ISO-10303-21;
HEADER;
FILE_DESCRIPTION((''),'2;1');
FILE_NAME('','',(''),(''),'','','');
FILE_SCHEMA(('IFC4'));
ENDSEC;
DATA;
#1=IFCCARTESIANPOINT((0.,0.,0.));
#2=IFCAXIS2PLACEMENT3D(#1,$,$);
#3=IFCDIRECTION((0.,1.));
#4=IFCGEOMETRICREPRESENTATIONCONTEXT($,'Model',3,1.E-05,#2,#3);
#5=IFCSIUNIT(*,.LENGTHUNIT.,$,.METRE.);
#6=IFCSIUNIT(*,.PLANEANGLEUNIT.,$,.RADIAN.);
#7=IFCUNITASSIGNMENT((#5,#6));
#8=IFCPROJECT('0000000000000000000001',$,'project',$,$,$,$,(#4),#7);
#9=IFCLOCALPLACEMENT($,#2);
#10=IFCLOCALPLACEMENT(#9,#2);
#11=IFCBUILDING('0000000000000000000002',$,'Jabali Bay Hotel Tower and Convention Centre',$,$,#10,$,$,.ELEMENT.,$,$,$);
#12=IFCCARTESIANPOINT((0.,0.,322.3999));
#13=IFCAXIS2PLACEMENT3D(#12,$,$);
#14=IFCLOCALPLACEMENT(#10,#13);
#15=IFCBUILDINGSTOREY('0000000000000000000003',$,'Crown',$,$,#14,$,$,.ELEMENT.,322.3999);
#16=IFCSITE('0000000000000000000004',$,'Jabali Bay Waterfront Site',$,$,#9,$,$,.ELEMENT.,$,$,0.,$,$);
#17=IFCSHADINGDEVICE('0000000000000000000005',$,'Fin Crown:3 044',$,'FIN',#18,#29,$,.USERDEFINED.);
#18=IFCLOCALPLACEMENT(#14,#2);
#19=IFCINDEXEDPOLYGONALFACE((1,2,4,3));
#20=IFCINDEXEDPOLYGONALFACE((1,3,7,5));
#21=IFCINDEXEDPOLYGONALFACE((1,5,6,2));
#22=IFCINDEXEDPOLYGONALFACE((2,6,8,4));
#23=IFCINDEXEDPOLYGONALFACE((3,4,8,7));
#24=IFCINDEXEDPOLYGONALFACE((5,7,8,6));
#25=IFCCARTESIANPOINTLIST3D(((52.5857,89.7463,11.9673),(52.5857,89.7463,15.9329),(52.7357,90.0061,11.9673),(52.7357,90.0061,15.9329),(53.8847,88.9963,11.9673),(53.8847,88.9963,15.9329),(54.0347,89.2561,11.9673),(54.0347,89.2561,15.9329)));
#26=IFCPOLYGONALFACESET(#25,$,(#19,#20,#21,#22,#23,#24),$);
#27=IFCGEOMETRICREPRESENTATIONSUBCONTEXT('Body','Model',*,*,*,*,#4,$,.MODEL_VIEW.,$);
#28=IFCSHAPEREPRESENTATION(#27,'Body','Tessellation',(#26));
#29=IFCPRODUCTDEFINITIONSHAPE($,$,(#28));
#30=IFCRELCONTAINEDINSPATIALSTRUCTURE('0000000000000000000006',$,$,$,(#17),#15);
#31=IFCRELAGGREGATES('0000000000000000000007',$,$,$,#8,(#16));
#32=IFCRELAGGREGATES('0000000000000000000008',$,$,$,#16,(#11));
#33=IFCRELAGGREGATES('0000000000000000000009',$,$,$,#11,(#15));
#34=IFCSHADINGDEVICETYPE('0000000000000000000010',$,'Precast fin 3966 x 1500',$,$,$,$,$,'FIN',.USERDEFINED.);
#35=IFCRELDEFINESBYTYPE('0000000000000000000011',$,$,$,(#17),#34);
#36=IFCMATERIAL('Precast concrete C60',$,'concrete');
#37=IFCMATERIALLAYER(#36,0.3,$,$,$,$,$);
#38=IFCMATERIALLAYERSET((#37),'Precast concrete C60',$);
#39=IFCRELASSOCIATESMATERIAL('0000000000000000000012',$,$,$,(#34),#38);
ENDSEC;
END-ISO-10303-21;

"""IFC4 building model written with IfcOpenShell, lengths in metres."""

from ifc_helpers import new_model, si_unit, direction, frame, frame_2d, origin, place, context, subcontext, project, spatial, rectangle, extrude, material, layer, layer_set, type_object, element, save


model = new_model("IFC4")

# Units and contexts
model_context = context("Model", 3, precision=1e-05, world=origin(), true_north=direction((0.0, 1.0)))
body_context = subcontext(model_context, "Body", "Model", "MODEL_VIEW")
ifc_project = project(units=[si_unit("LENGTHUNIT", "METRE"), si_unit("PLANEANGLEUNIT", "RADIAN")], contexts=[model_context])

# Site, building, storey
site_placement = place(None, origin())
site = spatial("IfcSite", under=ifc_project, at=site_placement, Name="Jabali Bay Waterfront Site", CompositionType="ELEMENT", RefElevation=0.0)
building_placement = place(site_placement, origin())
building = spatial("IfcBuilding", under=site, at=building_placement, Name="Jabali Bay Hotel Tower and Convention Centre", CompositionType="ELEMENT")
storey_placement = place(building_placement, frame((0.0, 0.0, 322.3999)))
storey = spatial("IfcBuildingStorey", under=building, at=storey_placement, Name="Crown", CompositionType="ELEMENT", Elevation=322.3999)

# Shading device
ifc_material_1 = material(Name="Precast concrete C60", Category="concrete")
ifc_layer = layer(ifc_material_1, 0.3)
ifc_layer_set = layer_set([ifc_layer], Name="Precast concrete C60")
shading_device_type = type_object("IfcShadingDeviceType", Name="Precast fin 3966 x 1500", ElementType="FIN", PredefinedType="USERDEFINED", material=ifc_layer_set)
for number, where, z_axis, x_axis, name in (
    (1, (53.9597, 89.1262, 11.9673), (0.0, 0.0, 1.0), (-0.866031, 0.49999, 0.0), "Fin Crown:3 044"),
):
    element("IfcShadingDevice", number, at=place(storey_placement, frame(where, z_axis=z_axis, x_axis=x_axis)), inside=storey, type_object=shading_device_type, Name=name, ObjectType="FIN", PredefinedType="USERDEFINED", context=body_context, shape_type="SweptSolid", body=[
        extrude(rectangle(XDim=1.5, YDim=0.3, at=frame_2d((0.75, 0.0))), origin(), (0.0, 0.0, 1.0), 3.9656),
    ])

save(model, "model.ifc")
